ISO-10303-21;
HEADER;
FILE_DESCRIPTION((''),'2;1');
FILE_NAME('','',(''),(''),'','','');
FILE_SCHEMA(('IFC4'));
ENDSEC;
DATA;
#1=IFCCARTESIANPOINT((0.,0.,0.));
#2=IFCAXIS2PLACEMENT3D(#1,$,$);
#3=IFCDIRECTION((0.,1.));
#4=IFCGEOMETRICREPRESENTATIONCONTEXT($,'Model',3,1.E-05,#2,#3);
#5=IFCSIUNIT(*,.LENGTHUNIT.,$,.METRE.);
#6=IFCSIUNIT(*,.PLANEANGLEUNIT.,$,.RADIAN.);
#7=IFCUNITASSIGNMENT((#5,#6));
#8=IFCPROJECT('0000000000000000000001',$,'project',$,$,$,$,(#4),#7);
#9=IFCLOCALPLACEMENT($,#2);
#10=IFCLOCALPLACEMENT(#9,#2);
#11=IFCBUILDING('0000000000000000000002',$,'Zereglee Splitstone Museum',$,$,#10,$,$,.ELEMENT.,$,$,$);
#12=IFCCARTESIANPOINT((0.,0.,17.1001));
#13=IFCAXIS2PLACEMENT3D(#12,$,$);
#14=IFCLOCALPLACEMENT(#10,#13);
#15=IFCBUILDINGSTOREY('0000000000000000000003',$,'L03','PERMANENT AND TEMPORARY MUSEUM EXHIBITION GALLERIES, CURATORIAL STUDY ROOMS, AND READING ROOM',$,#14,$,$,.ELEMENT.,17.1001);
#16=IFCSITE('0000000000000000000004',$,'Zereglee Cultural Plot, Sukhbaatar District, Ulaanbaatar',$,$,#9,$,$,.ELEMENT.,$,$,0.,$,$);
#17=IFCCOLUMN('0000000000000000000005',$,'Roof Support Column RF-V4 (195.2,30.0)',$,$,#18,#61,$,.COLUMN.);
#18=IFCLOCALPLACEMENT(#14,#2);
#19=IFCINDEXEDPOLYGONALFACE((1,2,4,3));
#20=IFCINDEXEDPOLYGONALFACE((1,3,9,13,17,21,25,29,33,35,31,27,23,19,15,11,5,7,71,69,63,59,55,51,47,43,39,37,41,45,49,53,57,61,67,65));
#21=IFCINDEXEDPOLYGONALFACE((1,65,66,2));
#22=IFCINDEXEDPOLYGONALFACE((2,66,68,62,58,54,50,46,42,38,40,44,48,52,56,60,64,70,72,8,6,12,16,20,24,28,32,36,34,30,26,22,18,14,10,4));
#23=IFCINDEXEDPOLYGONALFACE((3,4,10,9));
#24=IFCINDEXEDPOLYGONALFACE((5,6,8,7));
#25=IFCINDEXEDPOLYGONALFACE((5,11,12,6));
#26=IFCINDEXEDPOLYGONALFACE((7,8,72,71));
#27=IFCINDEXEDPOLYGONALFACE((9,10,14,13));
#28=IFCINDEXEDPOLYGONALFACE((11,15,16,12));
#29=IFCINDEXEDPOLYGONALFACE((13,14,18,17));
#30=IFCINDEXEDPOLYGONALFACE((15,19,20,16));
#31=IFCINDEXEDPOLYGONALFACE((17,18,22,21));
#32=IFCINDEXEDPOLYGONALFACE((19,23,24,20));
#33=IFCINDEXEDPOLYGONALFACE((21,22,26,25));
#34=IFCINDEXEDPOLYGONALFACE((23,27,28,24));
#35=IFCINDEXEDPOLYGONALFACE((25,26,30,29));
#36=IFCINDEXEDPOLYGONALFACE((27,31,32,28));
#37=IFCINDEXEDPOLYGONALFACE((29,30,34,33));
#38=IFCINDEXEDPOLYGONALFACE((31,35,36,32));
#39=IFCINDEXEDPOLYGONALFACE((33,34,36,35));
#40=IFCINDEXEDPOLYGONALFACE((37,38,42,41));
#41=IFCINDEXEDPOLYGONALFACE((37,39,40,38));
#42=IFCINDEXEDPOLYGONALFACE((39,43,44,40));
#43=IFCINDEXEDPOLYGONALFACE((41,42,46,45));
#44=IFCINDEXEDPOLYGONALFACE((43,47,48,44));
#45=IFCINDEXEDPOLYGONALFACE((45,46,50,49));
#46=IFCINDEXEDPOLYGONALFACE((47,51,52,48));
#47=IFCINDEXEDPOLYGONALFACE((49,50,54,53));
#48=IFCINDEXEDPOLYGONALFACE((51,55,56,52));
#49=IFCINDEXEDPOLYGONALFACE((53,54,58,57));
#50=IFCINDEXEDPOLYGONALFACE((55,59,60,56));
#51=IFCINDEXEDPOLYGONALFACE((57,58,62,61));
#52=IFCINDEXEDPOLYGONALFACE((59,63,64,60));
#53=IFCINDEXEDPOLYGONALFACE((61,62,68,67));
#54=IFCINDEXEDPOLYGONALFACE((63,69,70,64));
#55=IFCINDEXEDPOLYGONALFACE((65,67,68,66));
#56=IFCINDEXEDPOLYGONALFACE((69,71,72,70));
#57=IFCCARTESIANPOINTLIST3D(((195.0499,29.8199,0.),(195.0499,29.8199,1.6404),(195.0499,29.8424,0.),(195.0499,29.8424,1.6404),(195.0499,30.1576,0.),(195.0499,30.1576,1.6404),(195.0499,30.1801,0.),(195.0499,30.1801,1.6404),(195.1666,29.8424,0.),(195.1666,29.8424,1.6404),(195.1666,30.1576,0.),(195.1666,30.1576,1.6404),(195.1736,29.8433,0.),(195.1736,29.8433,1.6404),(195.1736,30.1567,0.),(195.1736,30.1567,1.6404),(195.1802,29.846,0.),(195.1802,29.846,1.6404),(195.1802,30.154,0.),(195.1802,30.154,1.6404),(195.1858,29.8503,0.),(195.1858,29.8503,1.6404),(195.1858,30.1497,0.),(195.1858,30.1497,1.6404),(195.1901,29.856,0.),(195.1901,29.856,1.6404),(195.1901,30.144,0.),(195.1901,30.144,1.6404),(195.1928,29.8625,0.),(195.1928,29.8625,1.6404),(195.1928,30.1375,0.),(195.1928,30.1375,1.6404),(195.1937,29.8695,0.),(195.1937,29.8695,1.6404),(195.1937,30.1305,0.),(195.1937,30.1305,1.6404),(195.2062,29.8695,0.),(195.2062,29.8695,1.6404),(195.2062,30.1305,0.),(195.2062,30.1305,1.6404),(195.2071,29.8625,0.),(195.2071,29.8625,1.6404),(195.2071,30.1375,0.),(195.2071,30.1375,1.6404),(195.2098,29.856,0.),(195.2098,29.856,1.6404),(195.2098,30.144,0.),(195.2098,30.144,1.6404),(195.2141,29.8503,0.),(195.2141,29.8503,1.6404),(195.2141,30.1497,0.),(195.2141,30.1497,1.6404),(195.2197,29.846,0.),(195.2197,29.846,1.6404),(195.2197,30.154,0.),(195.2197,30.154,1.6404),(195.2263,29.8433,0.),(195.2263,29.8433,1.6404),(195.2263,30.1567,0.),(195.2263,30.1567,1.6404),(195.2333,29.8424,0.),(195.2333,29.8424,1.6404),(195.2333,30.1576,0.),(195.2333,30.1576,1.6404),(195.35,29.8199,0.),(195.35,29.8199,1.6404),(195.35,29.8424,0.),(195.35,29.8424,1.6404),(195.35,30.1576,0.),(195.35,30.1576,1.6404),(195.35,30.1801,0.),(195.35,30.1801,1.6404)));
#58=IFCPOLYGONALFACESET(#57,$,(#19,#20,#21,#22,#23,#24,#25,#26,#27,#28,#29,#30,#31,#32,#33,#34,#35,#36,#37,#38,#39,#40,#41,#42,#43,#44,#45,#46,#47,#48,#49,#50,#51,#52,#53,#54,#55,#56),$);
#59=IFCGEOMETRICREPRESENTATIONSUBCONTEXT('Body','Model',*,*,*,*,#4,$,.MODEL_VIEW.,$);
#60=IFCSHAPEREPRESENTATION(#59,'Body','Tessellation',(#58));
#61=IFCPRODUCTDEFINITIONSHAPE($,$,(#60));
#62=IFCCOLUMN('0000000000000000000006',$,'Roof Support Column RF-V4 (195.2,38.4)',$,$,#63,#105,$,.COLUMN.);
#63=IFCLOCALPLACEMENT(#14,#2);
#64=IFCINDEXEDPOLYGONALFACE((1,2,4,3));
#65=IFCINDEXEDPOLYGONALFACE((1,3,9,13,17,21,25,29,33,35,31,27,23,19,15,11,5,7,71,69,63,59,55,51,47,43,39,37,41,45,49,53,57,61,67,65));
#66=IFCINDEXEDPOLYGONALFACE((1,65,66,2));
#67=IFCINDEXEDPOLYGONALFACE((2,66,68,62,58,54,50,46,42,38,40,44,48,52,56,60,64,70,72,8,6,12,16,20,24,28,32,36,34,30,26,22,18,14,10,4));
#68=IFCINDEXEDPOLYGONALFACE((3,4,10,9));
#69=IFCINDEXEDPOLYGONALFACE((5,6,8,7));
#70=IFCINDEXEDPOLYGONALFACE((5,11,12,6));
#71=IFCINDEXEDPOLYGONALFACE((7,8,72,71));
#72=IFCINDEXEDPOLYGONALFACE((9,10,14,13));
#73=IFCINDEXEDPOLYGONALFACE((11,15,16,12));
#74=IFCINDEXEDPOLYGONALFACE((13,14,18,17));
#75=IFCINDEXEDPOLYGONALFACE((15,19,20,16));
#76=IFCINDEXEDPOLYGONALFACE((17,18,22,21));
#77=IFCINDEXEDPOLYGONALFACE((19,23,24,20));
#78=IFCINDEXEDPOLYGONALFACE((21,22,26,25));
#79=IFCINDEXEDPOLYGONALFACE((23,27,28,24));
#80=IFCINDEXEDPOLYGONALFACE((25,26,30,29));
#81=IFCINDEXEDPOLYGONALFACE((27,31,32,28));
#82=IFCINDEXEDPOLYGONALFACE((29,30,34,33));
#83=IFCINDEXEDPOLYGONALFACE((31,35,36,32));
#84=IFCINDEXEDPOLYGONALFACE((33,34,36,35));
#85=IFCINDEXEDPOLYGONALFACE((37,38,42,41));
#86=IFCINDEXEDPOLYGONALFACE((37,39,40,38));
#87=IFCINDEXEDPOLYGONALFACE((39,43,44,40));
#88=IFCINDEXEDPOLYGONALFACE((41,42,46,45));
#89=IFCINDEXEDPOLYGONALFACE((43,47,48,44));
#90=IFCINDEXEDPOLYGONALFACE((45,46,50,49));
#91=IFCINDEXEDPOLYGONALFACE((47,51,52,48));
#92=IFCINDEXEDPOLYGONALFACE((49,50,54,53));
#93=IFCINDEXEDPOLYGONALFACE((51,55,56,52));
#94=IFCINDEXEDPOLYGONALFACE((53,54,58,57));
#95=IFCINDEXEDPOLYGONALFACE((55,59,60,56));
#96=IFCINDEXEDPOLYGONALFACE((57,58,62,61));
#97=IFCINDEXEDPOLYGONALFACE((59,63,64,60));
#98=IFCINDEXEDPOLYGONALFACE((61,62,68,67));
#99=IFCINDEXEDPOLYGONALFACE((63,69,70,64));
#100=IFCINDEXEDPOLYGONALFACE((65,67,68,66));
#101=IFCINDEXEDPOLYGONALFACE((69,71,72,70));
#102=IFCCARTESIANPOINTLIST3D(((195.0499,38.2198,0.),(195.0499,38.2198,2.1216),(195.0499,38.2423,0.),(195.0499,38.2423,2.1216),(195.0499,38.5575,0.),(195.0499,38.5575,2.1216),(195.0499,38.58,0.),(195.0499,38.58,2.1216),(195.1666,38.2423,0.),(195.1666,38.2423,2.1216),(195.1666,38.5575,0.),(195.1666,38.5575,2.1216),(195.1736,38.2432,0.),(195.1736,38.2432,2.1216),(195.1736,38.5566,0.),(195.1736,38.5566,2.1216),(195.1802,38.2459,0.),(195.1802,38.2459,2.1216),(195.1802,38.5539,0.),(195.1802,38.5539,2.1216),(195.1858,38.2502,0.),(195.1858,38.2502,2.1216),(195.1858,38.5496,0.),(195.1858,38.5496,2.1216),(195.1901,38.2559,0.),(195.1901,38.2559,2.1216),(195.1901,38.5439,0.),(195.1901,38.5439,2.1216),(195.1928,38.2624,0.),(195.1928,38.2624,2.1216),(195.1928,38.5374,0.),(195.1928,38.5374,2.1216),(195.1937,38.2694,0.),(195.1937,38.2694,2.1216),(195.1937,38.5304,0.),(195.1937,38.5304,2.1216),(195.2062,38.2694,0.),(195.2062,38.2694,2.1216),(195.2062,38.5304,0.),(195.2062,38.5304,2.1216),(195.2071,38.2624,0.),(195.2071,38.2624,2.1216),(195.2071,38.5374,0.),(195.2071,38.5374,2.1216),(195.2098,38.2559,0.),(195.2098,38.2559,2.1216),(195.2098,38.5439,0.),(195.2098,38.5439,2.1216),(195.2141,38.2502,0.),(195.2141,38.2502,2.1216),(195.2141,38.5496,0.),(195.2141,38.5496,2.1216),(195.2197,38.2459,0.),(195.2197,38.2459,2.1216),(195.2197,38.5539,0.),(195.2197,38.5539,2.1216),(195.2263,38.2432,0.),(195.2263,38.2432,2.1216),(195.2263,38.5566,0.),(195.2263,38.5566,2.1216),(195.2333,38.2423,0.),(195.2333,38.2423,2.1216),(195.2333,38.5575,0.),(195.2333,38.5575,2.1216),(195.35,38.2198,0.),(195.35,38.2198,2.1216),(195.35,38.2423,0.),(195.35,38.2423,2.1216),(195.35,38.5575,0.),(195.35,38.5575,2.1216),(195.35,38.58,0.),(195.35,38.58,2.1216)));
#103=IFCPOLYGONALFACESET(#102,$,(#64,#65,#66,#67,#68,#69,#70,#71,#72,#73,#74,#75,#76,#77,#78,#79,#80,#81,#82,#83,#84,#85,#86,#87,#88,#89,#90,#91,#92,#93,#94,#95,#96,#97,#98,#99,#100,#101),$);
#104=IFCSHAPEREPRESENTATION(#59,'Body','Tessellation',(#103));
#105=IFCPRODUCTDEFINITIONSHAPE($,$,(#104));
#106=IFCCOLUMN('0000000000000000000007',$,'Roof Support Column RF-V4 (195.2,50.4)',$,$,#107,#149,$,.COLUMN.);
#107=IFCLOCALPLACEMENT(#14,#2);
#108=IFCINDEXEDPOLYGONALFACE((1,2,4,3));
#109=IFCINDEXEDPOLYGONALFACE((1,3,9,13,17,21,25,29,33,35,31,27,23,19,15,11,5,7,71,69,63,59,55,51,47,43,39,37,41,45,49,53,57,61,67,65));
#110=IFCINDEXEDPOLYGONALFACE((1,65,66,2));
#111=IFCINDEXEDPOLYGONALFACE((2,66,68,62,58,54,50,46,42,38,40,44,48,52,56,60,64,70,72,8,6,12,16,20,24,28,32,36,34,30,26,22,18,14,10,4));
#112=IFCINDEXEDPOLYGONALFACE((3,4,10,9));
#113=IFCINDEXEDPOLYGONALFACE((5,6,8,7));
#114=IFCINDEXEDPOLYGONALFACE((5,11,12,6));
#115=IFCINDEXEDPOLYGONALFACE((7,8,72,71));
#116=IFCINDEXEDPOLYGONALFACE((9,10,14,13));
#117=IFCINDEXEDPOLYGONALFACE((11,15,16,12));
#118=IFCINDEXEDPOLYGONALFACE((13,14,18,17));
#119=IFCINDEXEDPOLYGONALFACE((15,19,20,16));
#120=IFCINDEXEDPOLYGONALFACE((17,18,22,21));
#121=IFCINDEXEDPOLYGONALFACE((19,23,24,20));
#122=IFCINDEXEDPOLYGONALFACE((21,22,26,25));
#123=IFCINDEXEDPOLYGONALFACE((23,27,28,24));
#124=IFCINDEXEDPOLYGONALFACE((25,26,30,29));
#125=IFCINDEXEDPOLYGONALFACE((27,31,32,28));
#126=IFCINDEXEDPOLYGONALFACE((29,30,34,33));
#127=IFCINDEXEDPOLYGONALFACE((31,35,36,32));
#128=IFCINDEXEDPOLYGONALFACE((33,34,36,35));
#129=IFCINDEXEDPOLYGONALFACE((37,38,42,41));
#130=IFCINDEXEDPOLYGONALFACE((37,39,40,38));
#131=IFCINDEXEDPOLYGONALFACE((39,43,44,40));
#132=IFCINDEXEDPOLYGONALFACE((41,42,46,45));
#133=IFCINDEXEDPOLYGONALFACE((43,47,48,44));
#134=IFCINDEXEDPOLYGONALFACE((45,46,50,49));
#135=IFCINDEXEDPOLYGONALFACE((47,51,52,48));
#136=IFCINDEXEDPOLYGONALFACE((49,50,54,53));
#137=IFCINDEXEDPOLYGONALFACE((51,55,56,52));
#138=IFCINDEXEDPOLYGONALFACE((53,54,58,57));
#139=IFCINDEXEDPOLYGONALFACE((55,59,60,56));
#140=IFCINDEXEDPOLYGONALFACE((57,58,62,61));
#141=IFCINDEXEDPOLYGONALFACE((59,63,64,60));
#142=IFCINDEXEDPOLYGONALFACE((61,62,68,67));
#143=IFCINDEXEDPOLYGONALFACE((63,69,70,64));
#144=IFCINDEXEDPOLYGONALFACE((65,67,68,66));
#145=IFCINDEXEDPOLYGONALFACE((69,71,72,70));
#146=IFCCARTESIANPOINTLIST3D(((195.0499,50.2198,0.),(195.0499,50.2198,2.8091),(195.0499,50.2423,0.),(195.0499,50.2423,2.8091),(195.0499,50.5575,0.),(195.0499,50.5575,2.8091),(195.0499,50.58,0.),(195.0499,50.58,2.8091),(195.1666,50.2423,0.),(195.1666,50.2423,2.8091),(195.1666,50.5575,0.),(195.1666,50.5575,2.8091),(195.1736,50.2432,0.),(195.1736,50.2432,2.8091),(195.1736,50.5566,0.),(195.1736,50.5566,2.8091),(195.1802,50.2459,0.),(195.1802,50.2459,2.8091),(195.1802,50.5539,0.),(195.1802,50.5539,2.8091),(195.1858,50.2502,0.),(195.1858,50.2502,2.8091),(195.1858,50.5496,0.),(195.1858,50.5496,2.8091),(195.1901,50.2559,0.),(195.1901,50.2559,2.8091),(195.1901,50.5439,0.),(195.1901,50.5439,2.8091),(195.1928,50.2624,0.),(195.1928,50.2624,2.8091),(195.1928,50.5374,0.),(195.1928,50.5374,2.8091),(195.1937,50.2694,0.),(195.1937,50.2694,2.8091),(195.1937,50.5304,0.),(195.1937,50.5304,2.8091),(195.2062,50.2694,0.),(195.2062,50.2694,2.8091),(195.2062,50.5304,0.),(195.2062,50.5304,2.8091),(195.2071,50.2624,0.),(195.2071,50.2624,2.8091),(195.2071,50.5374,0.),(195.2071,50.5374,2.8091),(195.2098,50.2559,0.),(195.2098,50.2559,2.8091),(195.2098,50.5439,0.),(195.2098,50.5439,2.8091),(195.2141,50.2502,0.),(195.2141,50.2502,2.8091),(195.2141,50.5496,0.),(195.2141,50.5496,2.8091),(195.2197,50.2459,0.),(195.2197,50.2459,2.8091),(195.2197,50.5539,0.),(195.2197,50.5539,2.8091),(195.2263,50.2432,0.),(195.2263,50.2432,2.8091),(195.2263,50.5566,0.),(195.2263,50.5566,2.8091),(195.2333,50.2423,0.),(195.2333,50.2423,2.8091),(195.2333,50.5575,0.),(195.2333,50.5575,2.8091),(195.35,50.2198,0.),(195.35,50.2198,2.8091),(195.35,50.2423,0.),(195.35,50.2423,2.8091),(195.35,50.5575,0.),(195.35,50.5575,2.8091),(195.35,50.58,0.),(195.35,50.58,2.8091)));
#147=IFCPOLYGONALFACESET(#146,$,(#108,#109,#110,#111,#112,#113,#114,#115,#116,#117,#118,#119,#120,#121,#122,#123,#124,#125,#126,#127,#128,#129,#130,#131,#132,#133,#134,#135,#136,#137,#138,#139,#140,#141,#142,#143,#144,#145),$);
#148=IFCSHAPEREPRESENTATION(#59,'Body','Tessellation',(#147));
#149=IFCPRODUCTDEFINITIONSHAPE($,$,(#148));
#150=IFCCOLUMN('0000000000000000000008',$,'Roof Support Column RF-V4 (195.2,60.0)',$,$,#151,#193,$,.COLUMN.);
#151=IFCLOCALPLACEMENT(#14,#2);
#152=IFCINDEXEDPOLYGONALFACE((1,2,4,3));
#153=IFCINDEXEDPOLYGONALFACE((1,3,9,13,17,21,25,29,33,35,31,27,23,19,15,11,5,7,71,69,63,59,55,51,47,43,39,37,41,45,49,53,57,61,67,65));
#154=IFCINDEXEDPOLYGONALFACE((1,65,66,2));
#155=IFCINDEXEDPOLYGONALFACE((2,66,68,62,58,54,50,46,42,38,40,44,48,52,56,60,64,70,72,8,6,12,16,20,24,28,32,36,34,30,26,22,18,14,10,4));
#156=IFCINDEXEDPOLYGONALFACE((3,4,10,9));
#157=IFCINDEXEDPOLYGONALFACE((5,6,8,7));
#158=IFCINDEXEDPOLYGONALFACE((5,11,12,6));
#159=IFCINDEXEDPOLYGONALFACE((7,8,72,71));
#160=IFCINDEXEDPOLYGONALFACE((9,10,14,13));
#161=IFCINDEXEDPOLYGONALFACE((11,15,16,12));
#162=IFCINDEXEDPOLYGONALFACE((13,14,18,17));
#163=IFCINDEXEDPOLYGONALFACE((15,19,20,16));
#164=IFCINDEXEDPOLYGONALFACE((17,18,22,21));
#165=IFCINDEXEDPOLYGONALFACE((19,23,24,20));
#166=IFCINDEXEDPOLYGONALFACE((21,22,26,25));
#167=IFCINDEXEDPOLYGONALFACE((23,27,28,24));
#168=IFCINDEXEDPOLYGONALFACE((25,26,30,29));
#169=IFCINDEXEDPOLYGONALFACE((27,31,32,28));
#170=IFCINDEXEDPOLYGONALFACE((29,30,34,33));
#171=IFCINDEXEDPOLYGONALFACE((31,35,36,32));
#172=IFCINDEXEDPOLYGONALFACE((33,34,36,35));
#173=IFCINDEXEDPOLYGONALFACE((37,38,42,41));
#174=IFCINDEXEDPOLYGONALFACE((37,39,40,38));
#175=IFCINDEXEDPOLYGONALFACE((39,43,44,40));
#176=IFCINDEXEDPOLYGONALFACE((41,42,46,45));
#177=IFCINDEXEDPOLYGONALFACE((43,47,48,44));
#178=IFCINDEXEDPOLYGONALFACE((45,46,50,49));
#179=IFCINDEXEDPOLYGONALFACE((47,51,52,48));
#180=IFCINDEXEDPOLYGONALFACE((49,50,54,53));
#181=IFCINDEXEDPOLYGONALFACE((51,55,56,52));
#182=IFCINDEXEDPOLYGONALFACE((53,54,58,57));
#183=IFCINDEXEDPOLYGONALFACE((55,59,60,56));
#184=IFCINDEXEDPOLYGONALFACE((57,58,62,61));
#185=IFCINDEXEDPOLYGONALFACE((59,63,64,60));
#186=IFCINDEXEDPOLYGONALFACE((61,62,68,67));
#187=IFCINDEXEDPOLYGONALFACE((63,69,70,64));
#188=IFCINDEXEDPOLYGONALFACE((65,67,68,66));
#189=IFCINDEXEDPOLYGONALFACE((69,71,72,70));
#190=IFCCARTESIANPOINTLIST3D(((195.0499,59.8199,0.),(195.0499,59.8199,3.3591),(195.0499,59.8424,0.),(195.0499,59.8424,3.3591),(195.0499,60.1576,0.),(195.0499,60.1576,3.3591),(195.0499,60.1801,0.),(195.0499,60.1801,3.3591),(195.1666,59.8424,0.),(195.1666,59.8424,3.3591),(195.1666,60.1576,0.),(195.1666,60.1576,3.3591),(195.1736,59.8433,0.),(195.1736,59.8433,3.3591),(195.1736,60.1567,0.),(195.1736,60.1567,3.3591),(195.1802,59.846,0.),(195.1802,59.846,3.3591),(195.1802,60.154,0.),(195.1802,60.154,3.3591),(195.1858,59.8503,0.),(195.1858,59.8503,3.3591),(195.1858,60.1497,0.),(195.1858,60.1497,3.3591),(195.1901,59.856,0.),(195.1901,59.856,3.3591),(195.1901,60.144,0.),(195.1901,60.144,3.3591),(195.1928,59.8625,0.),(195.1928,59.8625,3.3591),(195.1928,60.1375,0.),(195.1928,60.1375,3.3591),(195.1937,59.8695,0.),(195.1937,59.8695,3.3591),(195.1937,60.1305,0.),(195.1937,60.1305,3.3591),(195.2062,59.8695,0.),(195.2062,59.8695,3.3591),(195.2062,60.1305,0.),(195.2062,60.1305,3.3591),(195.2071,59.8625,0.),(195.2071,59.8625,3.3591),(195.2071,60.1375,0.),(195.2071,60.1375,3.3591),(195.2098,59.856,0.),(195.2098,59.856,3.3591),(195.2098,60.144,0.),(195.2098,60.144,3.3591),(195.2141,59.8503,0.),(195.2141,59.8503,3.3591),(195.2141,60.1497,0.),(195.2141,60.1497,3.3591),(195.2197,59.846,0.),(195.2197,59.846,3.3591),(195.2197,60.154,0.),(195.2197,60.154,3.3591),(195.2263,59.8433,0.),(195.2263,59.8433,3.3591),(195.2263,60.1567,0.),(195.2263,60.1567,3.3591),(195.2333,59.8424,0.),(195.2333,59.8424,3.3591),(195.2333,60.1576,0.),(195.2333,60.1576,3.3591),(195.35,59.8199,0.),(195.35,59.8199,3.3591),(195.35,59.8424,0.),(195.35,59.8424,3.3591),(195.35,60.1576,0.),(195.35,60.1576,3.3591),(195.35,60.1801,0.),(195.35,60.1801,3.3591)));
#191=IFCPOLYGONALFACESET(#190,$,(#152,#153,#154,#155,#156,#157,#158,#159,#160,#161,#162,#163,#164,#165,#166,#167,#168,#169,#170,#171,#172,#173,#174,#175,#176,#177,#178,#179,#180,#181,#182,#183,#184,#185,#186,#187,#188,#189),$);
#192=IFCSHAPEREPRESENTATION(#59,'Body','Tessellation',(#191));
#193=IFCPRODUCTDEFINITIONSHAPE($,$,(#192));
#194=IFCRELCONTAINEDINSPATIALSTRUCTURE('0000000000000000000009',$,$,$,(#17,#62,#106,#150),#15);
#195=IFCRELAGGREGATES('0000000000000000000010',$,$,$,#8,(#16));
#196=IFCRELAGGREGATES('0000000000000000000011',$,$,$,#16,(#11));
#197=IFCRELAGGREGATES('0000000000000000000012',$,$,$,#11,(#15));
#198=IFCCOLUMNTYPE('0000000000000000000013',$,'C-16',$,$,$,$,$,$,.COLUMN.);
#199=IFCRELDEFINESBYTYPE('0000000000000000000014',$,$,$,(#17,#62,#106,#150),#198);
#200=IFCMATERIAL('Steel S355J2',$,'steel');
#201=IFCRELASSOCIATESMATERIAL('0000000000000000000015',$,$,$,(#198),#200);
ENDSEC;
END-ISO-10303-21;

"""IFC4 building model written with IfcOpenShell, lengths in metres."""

from ifc_helpers import new_model, si_unit, direction, frame, origin, origin_2d, place, context, subcontext, project, spatial, i_section, extrude, material, material_profile, profile_set, type_object, element, save


model = new_model("IFC4")

# Units and contexts
model_context = context("Model", 3, precision=1e-05, world=origin(), true_north=direction((0.0, 1.0)))
body_context = subcontext(model_context, "Body", "Model", "MODEL_VIEW")
ifc_project = project(units=[si_unit("LENGTHUNIT", "METRE"), si_unit("PLANEANGLEUNIT", "RADIAN")], contexts=[model_context])

# Site, building, storey
site_placement = place(None, origin())
site = spatial("IfcSite", under=ifc_project, at=site_placement, Name="Zereglee Cultural Plot, Sukhbaatar District, Ulaanbaatar", CompositionType="ELEMENT", RefElevation=0.0)
building_placement = place(site_placement, origin())
building = spatial("IfcBuilding", under=site, at=building_placement, Name="Zereglee Splitstone Museum", CompositionType="ELEMENT")
storey_placement = place(building_placement, frame((0.0, 0.0, 17.1001)))
storey = spatial("IfcBuildingStorey", under=building, at=storey_placement, Name="L03", Description="PERMANENT AND TEMPORARY MUSEUM EXHIBITION GALLERIES, CURATORIAL STUDY ROOMS, AND READING ROOM", CompositionType="ELEMENT", Elevation=17.1001)

# Columns
ifc_material_1 = material(Name="Steel S355J2", Category="steel")
ifc_material_profile_1 = material_profile(ifc_material_1, i_section(OverallWidth=0.3, OverallDepth=0.3601, WebThickness=0.0125, FlangeThickness=0.0225, FilletRadius=0.0271, at=origin_2d()), Name="HE 360 B")
ifc_profile_set_1 = profile_set([ifc_material_profile_1], Name="Steel S355J2")
column_type = type_object("IfcColumnType", Name="C-16", PredefinedType="COLUMN", material=ifc_profile_set_1)
column_1_placement = place(storey_placement, frame((195.2, 30.0, 0.0), z_axis=(0.0, 0.0, 1.0), x_axis=(1.0, 0.0, 0.0)))
element("IfcColumn", 1, at=column_1_placement, inside=storey, type_object=column_type, Name="Roof Support Column RF-V4 (195.2,30.0)", PredefinedType="COLUMN", context=body_context, shape_type="SweptSolid", body=[
    extrude(i_section(OverallWidth=0.3, OverallDepth=0.3601, WebThickness=0.0125, FlangeThickness=0.0225, FilletRadius=0.0271, at=origin_2d()), origin(), (0.0, 0.0, 1.0), 1.6404),
])
column_2_placement = place(storey_placement, frame((195.2, 38.3999, 0.0), z_axis=(0.0, 0.0, 1.0), x_axis=(1.0, 0.0, 0.0)))
element("IfcColumn", 2, at=column_2_placement, inside=storey, type_object=column_type, Name="Roof Support Column RF-V4 (195.2,38.4)", PredefinedType="COLUMN", context=body_context, shape_type="SweptSolid", body=[
    extrude(i_section(OverallWidth=0.3, OverallDepth=0.3601, WebThickness=0.0125, FlangeThickness=0.0225, FilletRadius=0.0271, at=origin_2d()), origin(), (0.0, 0.0, 1.0), 2.1216),
])
column_3_placement = place(storey_placement, frame((195.2, 50.3999, 0.0), z_axis=(0.0, 0.0, 1.0), x_axis=(1.0, 0.0, 0.0)))
element("IfcColumn", 3, at=column_3_placement, inside=storey, type_object=column_type, Name="Roof Support Column RF-V4 (195.2,50.4)", PredefinedType="COLUMN", context=body_context, shape_type="SweptSolid", body=[
    extrude(i_section(OverallWidth=0.3, OverallDepth=0.3601, WebThickness=0.0125, FlangeThickness=0.0225, FilletRadius=0.0271, at=origin_2d()), origin(), (0.0, 0.0, 1.0), 2.8091),
])
column_4_placement = place(storey_placement, frame((195.2, 60.0, 0.0), z_axis=(0.0, 0.0, 1.0), x_axis=(1.0, 0.0, 0.0)))
element("IfcColumn", 4, at=column_4_placement, inside=storey, type_object=column_type, Name="Roof Support Column RF-V4 (195.2,60.0)", PredefinedType="COLUMN", context=body_context, shape_type="SweptSolid", body=[
    extrude(i_section(OverallWidth=0.3, OverallDepth=0.3601, WebThickness=0.0125, FlangeThickness=0.0225, FilletRadius=0.0271, at=origin_2d()), origin(), (0.0, 0.0, 1.0), 3.3591),
])

save(model, "model.ifc")
